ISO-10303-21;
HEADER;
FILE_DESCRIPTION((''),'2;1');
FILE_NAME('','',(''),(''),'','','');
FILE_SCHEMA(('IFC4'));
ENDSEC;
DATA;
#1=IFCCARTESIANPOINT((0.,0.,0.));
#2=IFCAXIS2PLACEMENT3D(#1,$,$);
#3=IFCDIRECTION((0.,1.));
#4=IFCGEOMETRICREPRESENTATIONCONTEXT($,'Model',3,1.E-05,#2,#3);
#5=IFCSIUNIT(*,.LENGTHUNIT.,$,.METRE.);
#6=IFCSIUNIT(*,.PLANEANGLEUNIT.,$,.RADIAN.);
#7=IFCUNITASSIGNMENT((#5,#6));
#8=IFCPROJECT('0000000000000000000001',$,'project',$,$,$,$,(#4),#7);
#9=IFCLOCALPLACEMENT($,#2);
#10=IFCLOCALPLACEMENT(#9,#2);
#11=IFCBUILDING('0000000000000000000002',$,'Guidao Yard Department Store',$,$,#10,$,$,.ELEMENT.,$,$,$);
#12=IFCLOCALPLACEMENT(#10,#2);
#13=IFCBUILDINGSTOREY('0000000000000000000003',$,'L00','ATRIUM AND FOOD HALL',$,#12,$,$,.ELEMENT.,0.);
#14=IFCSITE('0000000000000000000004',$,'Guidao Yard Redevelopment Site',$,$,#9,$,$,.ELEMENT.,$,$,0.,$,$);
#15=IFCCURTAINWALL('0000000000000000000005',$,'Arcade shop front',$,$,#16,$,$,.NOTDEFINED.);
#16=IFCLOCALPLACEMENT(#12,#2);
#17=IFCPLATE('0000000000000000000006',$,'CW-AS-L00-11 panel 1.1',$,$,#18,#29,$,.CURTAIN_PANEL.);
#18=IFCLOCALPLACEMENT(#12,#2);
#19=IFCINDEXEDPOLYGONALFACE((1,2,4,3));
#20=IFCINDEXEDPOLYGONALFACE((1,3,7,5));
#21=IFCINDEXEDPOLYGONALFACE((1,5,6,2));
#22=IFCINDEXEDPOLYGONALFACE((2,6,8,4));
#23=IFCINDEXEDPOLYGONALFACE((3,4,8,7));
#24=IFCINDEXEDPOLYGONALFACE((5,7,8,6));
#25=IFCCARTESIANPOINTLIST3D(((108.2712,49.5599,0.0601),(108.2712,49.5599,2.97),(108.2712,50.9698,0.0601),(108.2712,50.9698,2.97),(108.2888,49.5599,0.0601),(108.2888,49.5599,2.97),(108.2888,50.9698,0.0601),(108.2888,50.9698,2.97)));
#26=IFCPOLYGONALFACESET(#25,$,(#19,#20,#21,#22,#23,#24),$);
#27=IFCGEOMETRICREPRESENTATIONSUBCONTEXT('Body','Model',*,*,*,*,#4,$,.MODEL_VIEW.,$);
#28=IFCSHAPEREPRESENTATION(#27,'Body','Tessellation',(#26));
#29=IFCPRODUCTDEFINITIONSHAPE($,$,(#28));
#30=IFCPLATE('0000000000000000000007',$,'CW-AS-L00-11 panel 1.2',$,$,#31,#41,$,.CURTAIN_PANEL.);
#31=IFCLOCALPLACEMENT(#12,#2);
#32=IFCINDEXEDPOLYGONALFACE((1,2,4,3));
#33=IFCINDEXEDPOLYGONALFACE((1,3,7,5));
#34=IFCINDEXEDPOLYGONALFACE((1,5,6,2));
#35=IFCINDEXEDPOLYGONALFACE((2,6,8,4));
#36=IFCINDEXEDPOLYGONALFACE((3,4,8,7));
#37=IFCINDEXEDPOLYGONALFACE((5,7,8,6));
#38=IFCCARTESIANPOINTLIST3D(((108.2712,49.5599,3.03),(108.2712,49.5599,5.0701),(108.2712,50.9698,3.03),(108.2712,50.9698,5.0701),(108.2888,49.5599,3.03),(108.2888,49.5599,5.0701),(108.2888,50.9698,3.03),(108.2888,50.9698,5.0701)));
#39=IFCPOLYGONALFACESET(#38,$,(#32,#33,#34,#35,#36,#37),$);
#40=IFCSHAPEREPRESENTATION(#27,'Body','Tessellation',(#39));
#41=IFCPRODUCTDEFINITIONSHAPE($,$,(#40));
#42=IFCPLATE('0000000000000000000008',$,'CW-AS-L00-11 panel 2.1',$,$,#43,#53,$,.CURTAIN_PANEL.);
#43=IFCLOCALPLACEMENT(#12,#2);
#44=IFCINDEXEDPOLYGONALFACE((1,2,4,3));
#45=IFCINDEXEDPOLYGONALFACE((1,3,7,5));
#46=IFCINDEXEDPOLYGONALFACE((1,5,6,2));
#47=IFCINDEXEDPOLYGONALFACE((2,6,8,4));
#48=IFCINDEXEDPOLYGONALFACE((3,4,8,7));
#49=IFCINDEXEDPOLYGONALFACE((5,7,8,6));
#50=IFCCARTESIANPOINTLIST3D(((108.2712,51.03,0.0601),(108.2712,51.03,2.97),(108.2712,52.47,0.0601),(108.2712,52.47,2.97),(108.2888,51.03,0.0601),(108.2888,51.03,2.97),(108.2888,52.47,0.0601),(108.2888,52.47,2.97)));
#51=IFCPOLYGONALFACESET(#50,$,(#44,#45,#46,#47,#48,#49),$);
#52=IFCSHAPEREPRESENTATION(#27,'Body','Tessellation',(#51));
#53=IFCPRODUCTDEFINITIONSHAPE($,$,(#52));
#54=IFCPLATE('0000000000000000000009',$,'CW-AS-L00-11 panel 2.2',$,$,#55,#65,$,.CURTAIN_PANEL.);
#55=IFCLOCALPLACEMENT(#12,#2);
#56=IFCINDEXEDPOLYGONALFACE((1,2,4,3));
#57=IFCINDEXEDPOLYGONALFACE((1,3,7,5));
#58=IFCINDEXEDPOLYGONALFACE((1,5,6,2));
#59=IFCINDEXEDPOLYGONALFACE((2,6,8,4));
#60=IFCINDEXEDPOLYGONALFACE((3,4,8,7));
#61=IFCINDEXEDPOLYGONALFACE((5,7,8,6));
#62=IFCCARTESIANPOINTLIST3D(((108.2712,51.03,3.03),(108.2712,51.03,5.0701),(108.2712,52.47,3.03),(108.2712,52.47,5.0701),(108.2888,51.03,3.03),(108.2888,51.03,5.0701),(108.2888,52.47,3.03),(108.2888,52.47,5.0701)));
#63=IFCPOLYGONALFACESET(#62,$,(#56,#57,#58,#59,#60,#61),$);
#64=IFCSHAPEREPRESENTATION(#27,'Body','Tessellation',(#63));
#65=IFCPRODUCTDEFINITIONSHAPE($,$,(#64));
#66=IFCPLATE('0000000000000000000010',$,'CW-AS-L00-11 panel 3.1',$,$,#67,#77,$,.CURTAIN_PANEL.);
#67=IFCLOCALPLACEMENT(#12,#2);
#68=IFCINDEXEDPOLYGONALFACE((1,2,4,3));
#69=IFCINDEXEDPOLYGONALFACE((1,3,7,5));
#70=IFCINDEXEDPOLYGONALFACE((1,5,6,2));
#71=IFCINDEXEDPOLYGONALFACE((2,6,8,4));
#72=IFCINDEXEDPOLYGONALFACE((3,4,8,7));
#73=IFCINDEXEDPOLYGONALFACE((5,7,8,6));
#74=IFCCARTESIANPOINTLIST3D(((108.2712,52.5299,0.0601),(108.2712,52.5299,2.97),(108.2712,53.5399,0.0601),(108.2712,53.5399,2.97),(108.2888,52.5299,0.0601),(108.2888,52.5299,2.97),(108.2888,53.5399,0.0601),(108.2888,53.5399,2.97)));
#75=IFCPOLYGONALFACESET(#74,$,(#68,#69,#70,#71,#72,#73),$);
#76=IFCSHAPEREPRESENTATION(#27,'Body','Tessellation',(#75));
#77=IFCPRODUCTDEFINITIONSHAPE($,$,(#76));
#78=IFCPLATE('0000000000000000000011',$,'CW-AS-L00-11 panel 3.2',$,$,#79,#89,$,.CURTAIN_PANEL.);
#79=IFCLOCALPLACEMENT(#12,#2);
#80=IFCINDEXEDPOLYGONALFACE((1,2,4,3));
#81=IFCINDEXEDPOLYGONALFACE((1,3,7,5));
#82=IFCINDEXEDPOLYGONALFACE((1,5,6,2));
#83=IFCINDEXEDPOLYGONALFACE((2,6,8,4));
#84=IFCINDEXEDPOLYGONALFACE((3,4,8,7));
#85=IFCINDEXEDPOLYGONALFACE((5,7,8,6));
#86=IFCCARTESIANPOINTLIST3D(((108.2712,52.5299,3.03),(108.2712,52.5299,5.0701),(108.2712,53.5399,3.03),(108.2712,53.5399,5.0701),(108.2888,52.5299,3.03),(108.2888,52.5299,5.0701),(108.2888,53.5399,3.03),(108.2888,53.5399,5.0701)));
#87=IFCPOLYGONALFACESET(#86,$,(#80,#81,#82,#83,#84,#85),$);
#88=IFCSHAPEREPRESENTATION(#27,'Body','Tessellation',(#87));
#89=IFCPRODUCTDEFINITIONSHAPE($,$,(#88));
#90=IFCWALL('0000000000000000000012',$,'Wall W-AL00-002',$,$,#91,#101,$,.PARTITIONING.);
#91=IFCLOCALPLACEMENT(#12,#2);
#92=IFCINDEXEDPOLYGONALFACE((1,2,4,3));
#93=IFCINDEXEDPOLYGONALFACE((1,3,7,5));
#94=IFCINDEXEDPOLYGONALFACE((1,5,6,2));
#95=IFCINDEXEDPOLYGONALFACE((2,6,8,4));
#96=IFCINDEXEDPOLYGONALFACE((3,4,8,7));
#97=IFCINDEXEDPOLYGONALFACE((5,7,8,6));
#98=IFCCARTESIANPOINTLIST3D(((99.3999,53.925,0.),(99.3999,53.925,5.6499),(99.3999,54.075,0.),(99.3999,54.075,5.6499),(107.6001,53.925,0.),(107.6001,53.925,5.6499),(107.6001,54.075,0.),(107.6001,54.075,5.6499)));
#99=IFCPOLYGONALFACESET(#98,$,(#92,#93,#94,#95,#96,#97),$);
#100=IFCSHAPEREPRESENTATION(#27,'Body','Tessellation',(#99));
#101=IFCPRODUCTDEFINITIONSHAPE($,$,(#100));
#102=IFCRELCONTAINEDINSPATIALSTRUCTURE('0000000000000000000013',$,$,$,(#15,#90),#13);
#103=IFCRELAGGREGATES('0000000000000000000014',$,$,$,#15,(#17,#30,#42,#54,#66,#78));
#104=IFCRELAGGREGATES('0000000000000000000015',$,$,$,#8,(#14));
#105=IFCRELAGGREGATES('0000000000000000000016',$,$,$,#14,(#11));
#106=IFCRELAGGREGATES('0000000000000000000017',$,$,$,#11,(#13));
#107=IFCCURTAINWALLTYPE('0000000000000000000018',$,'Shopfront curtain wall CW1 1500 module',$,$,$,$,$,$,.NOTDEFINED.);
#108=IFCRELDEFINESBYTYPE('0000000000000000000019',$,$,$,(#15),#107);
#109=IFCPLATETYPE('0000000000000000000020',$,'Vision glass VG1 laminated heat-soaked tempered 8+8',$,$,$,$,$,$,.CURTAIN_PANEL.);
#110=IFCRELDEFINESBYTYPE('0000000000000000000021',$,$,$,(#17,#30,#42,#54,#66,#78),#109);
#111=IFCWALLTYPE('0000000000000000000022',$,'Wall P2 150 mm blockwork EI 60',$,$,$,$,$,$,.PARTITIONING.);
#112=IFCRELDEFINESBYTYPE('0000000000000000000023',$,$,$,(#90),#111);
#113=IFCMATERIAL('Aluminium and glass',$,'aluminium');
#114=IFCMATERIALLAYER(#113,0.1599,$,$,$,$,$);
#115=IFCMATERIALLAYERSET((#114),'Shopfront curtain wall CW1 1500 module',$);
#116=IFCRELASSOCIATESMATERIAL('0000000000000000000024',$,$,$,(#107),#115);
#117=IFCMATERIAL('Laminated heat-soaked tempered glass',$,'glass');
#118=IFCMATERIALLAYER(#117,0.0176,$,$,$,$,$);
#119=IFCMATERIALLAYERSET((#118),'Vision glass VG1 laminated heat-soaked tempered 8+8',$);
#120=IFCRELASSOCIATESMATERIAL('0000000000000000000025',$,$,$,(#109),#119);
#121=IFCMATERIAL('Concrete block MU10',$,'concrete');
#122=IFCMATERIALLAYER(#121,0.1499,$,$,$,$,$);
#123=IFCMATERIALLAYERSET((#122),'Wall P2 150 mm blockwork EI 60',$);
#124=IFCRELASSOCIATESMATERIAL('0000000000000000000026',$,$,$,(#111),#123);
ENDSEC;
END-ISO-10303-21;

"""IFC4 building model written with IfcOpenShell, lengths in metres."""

from ifc_helpers import new_model, si_unit, direction, frame, frame_2d, origin, origin_2d, place, context, subcontext, project, spatial, rectangle, extrude, material, layer, layer_set, type_object, element, aggregate, save


model = new_model("IFC4")

# Units and contexts
model_context = context("Model", 3, precision=1e-05, world=origin(), true_north=direction((0.0, 1.0)))
body_context = subcontext(model_context, "Body", "Model", "MODEL_VIEW")
ifc_project = project(units=[si_unit("LENGTHUNIT", "METRE"), si_unit("PLANEANGLEUNIT", "RADIAN")], contexts=[model_context])

# Site, building, storey
site_placement = place(None, origin())
site = spatial("IfcSite", under=ifc_project, at=site_placement, Name="Guidao Yard Redevelopment Site", CompositionType="ELEMENT", RefElevation=0.0)
building_placement = place(site_placement, origin())
building = spatial("IfcBuilding", under=site, at=building_placement, Name="Guidao Yard Department Store", CompositionType="ELEMENT")
storey_placement = place(building_placement, origin())
storey = spatial("IfcBuildingStorey", under=building, at=storey_placement, Name="L00", Description="ATRIUM AND FOOD HALL", CompositionType="ELEMENT", Elevation=0.0)

# Curtain wall
ifc_material_1 = material(Name="Aluminium and glass", Category="aluminium")
ifc_layer_1 = layer(ifc_material_1, 0.1599)
ifc_layer_set_1 = layer_set([ifc_layer_1], Name="Shopfront curtain wall CW1 1500 module")
curtain_wall_type = type_object("IfcCurtainWallType", Name="Shopfront curtain wall CW1 1500 module", PredefinedType="NOTDEFINED", material=ifc_layer_set_1)
curtain_wall_placement = place(storey_placement, origin())
curtain_wall = element("IfcCurtainWall", 1, at=curtain_wall_placement, inside=storey, type_object=curtain_wall_type, Name="Arcade shop front", PredefinedType="NOTDEFINED")

# Plates
ifc_material_2 = material(Name="Laminated heat-soaked tempered glass", Category="glass")
ifc_layer_2 = layer(ifc_material_2, 0.0176)
ifc_layer_set_2 = layer_set([ifc_layer_2], Name="Vision glass VG1 laminated heat-soaked tempered 8+8")
plate_type_1 = type_object("IfcPlateType", Name="Vision glass VG1 laminated heat-soaked tempered 8+8", PredefinedType="CURTAIN_PANEL", material=ifc_layer_set_2)
plate_1_placement = place(storey_placement, frame((108.28, 50.2649, 0.0601), z_axis=(0.0, 0.0, 1.0), x_axis=(0.0, -1.0, 0.0)))
plate_1 = element("IfcPlate", 2, at=plate_1_placement, type_object=plate_type_1, Name="CW-AS-L00-11 panel 1.1", PredefinedType="CURTAIN_PANEL", context=body_context, shape_type="SweptSolid", body=[
    extrude(rectangle(XDim=1.4099, YDim=0.0176, at=origin_2d()), origin(), (0.0, 0.0, 1.0), 2.9099),
])
plate_2_placement = place(storey_placement, frame((108.28, 50.2649, 3.03), z_axis=(0.0, 0.0, 1.0), x_axis=(0.0, -1.0, 0.0)))
plate_2 = element("IfcPlate", 3, at=plate_2_placement, type_object=plate_type_1, Name="CW-AS-L00-11 panel 1.2", PredefinedType="CURTAIN_PANEL", context=body_context, shape_type="SweptSolid", body=[
    extrude(rectangle(XDim=1.4099, YDim=0.0176, at=origin_2d()), origin(), (0.0, 0.0, 1.0), 2.04),
])
plate_3_placement = place(storey_placement, frame((108.28, 51.75, 0.0601), z_axis=(0.0, 0.0, 1.0), x_axis=(0.0, -1.0, 0.0)))
plate_3 = element("IfcPlate", 4, at=plate_3_placement, type_object=plate_type_1, Name="CW-AS-L00-11 panel 2.1", PredefinedType="CURTAIN_PANEL", context=body_context, shape_type="SweptSolid", body=[
    extrude(rectangle(XDim=1.4399, YDim=0.0176, at=origin_2d()), origin(), (0.0, 0.0, 1.0), 2.9099),
])
plate_4_placement = place(storey_placement, frame((108.28, 51.75, 3.03), z_axis=(0.0, 0.0, 1.0), x_axis=(0.0, -1.0, 0.0)))
plate_4 = element("IfcPlate", 5, at=plate_4_placement, type_object=plate_type_1, Name="CW-AS-L00-11 panel 2.2", PredefinedType="CURTAIN_PANEL", context=body_context, shape_type="SweptSolid", body=[
    extrude(rectangle(XDim=1.4399, YDim=0.0176, at=origin_2d()), origin(), (0.0, 0.0, 1.0), 2.04),
])
plate_5_placement = place(storey_placement, frame((108.28, 53.0349, 0.0601), z_axis=(0.0, 0.0, 1.0), x_axis=(0.0, -1.0, 0.0)))
plate_5 = element("IfcPlate", 6, at=plate_5_placement, type_object=plate_type_1, Name="CW-AS-L00-11 panel 3.1", PredefinedType="CURTAIN_PANEL", context=body_context, shape_type="SweptSolid", body=[
    extrude(rectangle(XDim=1.01, YDim=0.0176, at=origin_2d()), origin(), (0.0, 0.0, 1.0), 2.9099),
])
plate_6_placement = place(storey_placement, frame((108.28, 53.0349, 3.03), z_axis=(0.0, 0.0, 1.0), x_axis=(0.0, -1.0, 0.0)))
plate_6 = element("IfcPlate", 7, at=plate_6_placement, type_object=plate_type_1, Name="CW-AS-L00-11 panel 3.2", PredefinedType="CURTAIN_PANEL", context=body_context, shape_type="SweptSolid", body=[
    extrude(rectangle(XDim=1.01, YDim=0.0176, at=origin_2d()), origin(), (0.0, 0.0, 1.0), 2.04),
])
aggregate(curtain_wall, [plate_1, plate_2, plate_3, plate_4, plate_5, plate_6])

# Wall
ifc_material_3 = material(Name="Concrete block MU10", Category="concrete")
ifc_layer_3 = layer(ifc_material_3, 0.1499)
ifc_layer_set_3 = layer_set([ifc_layer_3], Name="Wall P2 150 mm blockwork EI 60")
wall_type = type_object("IfcWallType", Name="Wall P2 150 mm blockwork EI 60", PredefinedType="PARTITIONING", material=ifc_layer_set_3)
wall_placement = place(storey_placement, frame((99.3999, 54.0, 0.0), z_axis=(0.0, 0.0, 1.0), x_axis=(1.0, 0.0, 0.0)))
element("IfcWall", 8, at=wall_placement, inside=storey, type_object=wall_type, Name="Wall W-AL00-002", PredefinedType="PARTITIONING", context=body_context, shape_type="SweptSolid", body=[
    extrude(rectangle(XDim=8.2002, YDim=0.1499, at=frame_2d((4.1001, 0.0))), origin(), (0.0, 0.0, 1.0), 5.6499),
])

save(model, "model.ifc")
